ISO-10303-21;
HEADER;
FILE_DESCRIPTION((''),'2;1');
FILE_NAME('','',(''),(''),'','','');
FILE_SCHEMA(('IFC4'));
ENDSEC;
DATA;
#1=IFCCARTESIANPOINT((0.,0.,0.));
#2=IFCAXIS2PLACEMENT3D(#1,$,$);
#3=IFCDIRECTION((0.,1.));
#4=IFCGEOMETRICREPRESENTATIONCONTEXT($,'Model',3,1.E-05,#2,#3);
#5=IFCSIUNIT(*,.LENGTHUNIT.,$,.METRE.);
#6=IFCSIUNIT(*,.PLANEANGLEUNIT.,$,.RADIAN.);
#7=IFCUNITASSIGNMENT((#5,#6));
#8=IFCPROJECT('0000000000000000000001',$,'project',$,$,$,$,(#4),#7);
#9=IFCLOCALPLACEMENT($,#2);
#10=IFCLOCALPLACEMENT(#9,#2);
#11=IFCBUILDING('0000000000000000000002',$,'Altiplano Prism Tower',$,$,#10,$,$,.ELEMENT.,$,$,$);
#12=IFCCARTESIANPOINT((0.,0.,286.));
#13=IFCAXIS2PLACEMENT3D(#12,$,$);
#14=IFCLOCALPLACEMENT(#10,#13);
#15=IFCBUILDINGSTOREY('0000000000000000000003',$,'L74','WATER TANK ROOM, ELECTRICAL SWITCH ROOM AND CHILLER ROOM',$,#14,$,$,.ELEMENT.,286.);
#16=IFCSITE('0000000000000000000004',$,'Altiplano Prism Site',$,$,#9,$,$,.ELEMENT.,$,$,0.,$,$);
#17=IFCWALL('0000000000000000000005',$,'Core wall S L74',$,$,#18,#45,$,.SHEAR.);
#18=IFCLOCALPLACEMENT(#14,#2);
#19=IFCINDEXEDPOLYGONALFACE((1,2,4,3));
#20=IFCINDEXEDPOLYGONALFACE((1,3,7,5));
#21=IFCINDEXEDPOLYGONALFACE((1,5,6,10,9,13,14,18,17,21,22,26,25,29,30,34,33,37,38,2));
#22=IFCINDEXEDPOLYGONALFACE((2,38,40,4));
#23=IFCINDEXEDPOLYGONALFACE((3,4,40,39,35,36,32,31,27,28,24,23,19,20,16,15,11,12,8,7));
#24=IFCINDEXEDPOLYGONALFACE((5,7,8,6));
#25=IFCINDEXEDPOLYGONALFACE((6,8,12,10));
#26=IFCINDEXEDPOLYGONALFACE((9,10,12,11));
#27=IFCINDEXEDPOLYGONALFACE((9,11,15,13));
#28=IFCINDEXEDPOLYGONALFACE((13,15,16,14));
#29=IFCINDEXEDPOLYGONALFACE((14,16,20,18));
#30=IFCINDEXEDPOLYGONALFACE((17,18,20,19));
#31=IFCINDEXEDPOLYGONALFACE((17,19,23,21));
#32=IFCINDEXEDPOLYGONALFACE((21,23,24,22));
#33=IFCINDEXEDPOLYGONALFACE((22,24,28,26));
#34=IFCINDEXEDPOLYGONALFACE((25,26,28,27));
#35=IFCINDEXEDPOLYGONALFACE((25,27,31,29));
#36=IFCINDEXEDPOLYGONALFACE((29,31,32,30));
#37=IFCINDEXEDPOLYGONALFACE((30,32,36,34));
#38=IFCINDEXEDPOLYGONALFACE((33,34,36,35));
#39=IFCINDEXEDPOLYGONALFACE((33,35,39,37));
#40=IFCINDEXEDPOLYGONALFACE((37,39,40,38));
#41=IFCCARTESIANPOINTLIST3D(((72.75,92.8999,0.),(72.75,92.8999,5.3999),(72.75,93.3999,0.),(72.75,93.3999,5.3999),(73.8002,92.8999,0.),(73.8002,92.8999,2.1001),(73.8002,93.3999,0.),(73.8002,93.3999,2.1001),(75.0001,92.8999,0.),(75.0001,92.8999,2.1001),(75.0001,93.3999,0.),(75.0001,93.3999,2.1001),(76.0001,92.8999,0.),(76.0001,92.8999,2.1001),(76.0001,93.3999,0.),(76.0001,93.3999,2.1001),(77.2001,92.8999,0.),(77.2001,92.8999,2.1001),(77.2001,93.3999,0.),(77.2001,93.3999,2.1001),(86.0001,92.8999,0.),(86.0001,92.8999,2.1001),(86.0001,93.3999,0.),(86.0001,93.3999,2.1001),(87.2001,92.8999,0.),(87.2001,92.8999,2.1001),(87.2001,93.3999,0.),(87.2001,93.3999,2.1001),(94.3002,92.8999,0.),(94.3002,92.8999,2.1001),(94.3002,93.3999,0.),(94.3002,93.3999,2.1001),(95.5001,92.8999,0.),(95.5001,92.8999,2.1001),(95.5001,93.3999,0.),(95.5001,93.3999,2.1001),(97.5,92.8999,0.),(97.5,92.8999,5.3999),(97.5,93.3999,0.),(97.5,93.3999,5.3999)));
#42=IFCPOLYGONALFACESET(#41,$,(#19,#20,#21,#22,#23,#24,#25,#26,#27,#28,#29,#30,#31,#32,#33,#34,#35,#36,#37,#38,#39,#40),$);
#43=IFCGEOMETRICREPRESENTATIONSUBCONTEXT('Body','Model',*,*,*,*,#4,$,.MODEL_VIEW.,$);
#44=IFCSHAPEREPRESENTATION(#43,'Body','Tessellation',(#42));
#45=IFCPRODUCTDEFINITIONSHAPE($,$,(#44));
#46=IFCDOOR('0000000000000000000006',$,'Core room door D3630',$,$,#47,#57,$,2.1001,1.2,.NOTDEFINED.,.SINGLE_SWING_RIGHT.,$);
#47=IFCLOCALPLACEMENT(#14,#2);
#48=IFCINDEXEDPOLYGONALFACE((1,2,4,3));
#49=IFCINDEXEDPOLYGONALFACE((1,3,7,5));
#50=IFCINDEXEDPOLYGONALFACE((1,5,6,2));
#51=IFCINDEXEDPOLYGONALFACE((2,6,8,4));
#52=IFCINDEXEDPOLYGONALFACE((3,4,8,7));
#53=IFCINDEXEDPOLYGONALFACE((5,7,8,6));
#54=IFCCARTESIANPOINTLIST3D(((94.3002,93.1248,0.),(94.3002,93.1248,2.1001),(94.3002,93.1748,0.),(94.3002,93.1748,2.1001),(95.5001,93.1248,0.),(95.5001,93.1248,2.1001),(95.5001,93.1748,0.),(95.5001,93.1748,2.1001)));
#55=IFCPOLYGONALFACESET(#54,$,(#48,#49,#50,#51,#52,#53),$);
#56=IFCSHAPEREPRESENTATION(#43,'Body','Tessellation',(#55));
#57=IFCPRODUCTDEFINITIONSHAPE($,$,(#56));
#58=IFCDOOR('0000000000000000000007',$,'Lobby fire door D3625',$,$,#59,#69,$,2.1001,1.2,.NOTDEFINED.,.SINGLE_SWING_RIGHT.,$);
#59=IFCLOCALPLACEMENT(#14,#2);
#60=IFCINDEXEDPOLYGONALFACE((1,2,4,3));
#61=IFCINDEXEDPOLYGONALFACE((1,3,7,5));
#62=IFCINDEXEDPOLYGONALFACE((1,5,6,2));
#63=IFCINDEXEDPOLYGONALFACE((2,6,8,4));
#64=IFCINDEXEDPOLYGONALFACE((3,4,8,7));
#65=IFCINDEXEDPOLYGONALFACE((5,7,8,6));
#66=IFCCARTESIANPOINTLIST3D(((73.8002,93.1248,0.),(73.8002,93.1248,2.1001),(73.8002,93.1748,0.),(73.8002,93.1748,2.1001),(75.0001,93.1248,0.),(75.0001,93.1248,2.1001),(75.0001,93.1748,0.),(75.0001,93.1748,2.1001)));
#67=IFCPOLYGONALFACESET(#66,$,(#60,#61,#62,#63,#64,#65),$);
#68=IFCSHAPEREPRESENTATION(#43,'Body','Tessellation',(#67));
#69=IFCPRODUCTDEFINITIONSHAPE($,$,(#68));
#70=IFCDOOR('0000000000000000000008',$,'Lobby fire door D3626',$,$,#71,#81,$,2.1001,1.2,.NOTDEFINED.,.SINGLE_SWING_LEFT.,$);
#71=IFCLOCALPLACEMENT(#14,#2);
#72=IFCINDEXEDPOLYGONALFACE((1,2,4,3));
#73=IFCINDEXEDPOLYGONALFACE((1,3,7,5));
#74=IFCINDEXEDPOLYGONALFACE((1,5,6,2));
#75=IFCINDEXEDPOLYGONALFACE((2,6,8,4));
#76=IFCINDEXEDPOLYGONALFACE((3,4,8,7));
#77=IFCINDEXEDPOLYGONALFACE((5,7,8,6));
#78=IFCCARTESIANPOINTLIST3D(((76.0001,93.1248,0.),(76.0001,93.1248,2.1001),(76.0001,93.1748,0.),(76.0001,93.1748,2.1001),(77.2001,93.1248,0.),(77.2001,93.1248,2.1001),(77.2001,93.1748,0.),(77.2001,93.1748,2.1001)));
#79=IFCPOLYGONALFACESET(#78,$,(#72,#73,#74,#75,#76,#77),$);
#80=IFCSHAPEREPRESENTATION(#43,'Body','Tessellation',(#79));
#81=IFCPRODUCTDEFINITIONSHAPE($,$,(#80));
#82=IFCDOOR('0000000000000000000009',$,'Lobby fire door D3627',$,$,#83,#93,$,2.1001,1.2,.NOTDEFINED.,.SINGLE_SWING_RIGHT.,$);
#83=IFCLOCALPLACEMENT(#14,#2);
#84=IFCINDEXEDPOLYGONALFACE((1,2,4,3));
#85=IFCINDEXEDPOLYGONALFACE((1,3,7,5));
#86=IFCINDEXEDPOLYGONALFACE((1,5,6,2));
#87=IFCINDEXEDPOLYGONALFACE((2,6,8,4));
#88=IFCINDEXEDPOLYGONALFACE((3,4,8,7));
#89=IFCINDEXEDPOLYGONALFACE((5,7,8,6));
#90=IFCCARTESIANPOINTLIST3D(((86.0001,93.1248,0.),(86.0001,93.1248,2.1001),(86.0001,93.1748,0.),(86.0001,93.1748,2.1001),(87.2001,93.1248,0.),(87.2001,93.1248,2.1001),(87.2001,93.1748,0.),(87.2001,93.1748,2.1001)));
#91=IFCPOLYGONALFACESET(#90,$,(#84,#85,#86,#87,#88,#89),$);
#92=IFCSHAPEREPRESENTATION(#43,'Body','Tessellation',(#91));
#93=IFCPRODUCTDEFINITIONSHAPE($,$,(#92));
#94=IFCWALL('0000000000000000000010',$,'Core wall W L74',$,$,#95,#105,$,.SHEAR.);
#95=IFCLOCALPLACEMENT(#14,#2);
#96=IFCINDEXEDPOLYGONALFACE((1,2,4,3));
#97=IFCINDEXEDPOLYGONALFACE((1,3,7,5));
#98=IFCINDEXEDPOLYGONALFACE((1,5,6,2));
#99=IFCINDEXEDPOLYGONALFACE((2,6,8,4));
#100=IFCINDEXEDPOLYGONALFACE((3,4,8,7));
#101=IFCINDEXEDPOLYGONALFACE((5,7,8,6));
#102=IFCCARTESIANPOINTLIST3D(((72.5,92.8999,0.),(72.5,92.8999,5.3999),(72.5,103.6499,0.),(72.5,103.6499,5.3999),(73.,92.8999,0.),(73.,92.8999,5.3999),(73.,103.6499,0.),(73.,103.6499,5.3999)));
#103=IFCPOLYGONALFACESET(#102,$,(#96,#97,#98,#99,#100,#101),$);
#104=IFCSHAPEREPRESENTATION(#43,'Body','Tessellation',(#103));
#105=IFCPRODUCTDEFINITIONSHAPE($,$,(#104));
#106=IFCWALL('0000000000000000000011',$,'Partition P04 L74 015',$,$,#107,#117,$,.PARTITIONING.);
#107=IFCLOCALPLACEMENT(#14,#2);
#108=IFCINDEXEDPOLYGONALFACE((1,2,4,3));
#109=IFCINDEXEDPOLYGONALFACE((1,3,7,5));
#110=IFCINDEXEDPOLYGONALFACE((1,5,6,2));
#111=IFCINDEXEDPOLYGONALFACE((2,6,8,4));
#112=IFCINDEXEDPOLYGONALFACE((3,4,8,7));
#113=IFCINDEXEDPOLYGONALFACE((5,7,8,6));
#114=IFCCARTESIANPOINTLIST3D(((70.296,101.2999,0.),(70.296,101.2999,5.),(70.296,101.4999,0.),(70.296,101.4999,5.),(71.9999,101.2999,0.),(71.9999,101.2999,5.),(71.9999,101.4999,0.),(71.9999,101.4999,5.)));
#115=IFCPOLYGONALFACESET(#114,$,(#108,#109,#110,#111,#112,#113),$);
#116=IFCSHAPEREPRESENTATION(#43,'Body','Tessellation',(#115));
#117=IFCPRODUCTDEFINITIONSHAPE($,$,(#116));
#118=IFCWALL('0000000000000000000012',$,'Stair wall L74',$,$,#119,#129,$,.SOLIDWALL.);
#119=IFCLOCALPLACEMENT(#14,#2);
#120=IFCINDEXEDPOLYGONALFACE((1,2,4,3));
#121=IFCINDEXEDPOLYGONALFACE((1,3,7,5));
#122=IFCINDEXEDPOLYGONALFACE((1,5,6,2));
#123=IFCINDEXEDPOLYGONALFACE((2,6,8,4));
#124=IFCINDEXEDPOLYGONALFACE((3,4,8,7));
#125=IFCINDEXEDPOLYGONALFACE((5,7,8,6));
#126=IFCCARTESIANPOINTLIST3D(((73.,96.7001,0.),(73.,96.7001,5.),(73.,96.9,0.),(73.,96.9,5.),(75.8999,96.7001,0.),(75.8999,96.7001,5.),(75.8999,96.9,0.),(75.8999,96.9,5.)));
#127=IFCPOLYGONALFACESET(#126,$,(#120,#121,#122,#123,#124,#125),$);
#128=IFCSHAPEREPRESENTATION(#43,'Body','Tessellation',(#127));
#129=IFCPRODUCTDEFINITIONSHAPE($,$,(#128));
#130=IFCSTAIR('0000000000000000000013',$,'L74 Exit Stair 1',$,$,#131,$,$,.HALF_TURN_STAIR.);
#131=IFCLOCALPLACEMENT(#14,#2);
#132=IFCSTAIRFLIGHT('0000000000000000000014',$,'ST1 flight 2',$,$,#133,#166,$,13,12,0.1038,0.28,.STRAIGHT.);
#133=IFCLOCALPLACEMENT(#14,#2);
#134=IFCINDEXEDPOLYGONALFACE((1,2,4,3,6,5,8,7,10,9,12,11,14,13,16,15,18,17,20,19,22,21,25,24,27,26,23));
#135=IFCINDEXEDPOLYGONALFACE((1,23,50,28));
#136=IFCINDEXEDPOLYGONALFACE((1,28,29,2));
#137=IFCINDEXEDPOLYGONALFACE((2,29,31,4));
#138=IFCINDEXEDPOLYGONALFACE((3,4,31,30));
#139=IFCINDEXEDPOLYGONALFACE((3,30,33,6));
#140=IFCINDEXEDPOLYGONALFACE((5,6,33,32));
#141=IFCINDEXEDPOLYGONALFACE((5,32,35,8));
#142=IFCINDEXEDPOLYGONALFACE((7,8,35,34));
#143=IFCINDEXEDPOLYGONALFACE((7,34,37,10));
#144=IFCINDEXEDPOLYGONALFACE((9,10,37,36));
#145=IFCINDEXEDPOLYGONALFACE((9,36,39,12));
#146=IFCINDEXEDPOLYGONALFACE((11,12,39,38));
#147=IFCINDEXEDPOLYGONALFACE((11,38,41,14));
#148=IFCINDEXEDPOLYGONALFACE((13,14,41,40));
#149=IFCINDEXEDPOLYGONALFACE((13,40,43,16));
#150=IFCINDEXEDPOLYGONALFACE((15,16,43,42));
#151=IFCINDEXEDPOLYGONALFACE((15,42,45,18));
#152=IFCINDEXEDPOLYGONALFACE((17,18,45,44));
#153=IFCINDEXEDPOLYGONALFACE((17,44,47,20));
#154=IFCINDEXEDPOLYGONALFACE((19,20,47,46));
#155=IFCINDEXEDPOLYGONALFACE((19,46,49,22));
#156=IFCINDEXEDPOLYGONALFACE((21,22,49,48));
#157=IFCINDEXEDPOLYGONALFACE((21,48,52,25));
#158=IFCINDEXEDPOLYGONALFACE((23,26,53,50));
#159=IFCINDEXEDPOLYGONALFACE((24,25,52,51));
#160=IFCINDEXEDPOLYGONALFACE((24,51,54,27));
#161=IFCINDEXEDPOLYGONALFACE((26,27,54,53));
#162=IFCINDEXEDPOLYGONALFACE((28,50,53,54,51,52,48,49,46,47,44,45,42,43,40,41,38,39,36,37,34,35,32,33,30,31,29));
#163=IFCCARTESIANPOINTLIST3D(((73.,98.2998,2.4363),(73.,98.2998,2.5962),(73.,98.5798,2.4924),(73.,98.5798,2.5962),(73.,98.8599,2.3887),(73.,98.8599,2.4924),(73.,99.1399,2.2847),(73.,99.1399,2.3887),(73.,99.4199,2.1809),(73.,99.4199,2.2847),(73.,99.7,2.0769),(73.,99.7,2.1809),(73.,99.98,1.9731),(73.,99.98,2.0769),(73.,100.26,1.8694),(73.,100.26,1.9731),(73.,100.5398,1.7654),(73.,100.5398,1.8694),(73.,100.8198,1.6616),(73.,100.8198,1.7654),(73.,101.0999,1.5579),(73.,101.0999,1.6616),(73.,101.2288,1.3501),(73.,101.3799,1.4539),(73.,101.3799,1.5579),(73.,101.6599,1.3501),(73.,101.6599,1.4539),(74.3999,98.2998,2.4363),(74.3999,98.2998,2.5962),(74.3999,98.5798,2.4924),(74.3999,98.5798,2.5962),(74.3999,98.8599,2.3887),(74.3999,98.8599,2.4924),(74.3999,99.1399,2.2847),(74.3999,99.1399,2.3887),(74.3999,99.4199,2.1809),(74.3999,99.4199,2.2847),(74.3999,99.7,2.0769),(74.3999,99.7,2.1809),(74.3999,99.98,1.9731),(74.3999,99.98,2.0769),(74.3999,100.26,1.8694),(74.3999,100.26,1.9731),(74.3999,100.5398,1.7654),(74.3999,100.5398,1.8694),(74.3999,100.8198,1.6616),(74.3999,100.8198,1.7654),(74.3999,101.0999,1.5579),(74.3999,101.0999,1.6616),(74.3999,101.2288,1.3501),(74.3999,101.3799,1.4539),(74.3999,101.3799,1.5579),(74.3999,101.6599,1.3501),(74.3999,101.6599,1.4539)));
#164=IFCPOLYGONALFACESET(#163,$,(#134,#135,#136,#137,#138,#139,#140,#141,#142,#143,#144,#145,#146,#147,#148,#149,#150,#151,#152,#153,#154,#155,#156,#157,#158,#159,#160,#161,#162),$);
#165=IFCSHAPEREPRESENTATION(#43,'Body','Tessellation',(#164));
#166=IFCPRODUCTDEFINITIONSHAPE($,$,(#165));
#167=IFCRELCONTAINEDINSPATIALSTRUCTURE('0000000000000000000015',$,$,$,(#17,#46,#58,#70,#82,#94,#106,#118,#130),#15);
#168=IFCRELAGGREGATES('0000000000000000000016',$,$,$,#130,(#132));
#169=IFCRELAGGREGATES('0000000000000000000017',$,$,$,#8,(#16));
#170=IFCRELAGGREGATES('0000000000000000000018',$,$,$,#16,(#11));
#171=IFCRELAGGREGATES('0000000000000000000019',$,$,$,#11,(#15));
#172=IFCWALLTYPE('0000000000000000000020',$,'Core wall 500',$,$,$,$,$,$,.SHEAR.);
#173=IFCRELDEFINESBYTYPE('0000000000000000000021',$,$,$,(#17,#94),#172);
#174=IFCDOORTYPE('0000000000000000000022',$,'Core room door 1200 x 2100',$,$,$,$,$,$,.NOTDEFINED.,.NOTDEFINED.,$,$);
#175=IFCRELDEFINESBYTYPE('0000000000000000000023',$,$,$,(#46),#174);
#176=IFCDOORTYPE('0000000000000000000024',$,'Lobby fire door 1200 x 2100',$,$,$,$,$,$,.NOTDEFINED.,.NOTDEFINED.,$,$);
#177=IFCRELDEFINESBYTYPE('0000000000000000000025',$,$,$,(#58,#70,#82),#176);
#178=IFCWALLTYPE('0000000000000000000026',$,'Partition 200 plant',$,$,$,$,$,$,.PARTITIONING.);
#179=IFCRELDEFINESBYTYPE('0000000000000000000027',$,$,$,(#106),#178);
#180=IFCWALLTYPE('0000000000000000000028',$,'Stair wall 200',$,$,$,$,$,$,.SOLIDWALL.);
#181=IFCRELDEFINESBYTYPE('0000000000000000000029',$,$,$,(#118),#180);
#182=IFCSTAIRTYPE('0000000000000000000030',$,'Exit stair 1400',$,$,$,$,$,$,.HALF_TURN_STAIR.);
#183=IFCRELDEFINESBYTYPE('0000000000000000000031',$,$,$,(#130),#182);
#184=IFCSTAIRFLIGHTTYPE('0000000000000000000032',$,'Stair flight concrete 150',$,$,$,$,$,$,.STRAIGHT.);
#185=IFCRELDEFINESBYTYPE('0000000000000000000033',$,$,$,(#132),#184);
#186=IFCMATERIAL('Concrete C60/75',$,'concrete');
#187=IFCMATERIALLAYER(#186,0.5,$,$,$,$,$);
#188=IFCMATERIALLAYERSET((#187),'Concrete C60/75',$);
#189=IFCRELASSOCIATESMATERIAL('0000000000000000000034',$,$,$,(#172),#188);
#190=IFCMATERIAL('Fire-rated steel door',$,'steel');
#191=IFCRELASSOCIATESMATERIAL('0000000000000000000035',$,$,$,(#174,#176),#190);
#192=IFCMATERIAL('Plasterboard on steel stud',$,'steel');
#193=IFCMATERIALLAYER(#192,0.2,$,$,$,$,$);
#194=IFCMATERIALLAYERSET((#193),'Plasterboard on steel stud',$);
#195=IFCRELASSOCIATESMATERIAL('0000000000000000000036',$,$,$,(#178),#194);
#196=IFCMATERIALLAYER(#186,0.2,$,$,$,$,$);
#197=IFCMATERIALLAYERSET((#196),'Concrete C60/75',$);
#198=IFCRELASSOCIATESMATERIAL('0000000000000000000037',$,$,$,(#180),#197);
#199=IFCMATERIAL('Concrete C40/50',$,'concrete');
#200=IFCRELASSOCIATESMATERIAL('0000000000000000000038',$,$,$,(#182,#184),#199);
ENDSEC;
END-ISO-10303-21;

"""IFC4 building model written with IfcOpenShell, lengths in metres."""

from ifc_helpers import new_model, si_unit, direction, frame, frame_2d, origin, place, context, subcontext, project, spatial, polyline, rectangle, outline, extrude, material, layer, layer_set, type_object, element, fill, aggregate, save


model = new_model("IFC4")

# Units and contexts
model_context = context("Model", 3, precision=1e-05, world=origin(), true_north=direction((0.0, 1.0)))
body_context = subcontext(model_context, "Body", "Model", "MODEL_VIEW")
ifc_project = project(units=[si_unit("LENGTHUNIT", "METRE"), si_unit("PLANEANGLEUNIT", "RADIAN")], contexts=[model_context])

# Site, building, storey
site_placement = place(None, origin())
site = spatial("IfcSite", under=ifc_project, at=site_placement, Name="Altiplano Prism Site", CompositionType="ELEMENT", RefElevation=0.0)
building_placement = place(site_placement, origin())
building = spatial("IfcBuilding", under=site, at=building_placement, Name="Altiplano Prism Tower", CompositionType="ELEMENT")
storey_placement = place(building_placement, frame((0.0, 0.0, 286.0)))
storey = spatial("IfcBuildingStorey", under=building, at=storey_placement, Name="L74", Description="WATER TANK ROOM, ELECTRICAL SWITCH ROOM AND CHILLER ROOM", CompositionType="ELEMENT", Elevation=286.0)

# Shared definitions
ifc_material_1 = material(Name="Concrete C60/75", Category="concrete")

# Wall, openings, doors
ifc_layer_1 = layer(ifc_material_1, 0.5)
ifc_layer_set_1 = layer_set([ifc_layer_1], Name="Concrete C60/75")
wall_type_1 = type_object("IfcWallType", Name="Core wall 500", PredefinedType="SHEAR", material=ifc_layer_set_1)
wall_1_placement = place(storey_placement, frame((72.75, 93.1499, 0.0), z_axis=(0.0, 0.0, 1.0), x_axis=(1.0, 0.0, 0.0)))
wall_1 = element("IfcWall", 1, at=wall_1_placement, inside=storey, type_object=wall_type_1, Name="Core wall S L74", PredefinedType="SHEAR", context=body_context, shape_type="SweptSolid", body=[
    extrude(rectangle(XDim=24.75, YDim=0.5, at=frame_2d((12.375, 0.0))), origin(), (0.0, 0.0, 1.0), 5.3999),
])
opening_1_placement = place(wall_1_placement, frame((1.05, 0.0, 0.0)))
opening_1 = element("IfcOpeningElement", 2, at=opening_1_placement, cuts=wall_1, PredefinedType="OPENING", context=body_context, shape_type="SweptSolid", body=[
    extrude(rectangle(XDim=1.2, YDim=2.1001, at=frame_2d((0.6001, 1.05))), frame((0.0, 0.2605, 0.0), z_axis=(0.0, -1.0, 0.0), x_axis=(1.0, 0.0, 0.0)), (0.0, 0.0, 1.0), 0.521),
])
opening_2_placement = place(wall_1_placement, frame((3.25, 0.0, 0.0)))
opening_2 = element("IfcOpeningElement", 3, at=opening_2_placement, cuts=wall_1, PredefinedType="OPENING", context=body_context, shape_type="SweptSolid", body=[
    extrude(rectangle(XDim=1.2, YDim=2.1001, at=frame_2d((0.6001, 1.05))), frame((0.0, 0.2605, 0.0), z_axis=(0.0, -1.0, 0.0), x_axis=(1.0, 0.0, 0.0)), (0.0, 0.0, 1.0), 0.521),
])
opening_3_placement = place(wall_1_placement, frame((13.25, 0.0, 0.0)))
opening_3 = element("IfcOpeningElement", 4, at=opening_3_placement, cuts=wall_1, PredefinedType="OPENING", context=body_context, shape_type="SweptSolid", body=[
    extrude(rectangle(XDim=1.2, YDim=2.1001, at=frame_2d((0.6001, 1.05))), frame((0.0, 0.2605, 0.0), z_axis=(0.0, -1.0, 0.0), x_axis=(1.0, 0.0, 0.0)), (0.0, 0.0, 1.0), 0.521),
])
opening_4_placement = place(wall_1_placement, frame((21.55, 0.0, 0.0)))
opening_4 = element("IfcOpeningElement", 5, at=opening_4_placement, cuts=wall_1, PredefinedType="OPENING", context=body_context, shape_type="SweptSolid", body=[
    extrude(rectangle(XDim=1.2, YDim=2.1001, at=frame_2d((0.6001, 1.05))), frame((0.0, 0.2605, 0.0), z_axis=(0.0, -1.0, 0.0), x_axis=(1.0, 0.0, 0.0)), (0.0, 0.0, 1.0), 0.521),
])
ifc_material_2 = material(Name="Fire-rated steel door", Category="steel")
door_type_1 = type_object("IfcDoorType", Name="Core room door 1200 x 2100", OperationType="NOTDEFINED", PredefinedType="NOTDEFINED", material=ifc_material_2)
door_1_placement = place(opening_4_placement, origin())
door_1 = element("IfcDoor", 6, at=door_1_placement, inside=storey, type_object=door_type_1, Name="Core room door D3630", OperationType="SINGLE_SWING_RIGHT", OverallHeight=2.1001, OverallWidth=1.2, PredefinedType="NOTDEFINED", context=body_context, shape_type="SweptSolid", body=[
    extrude(rectangle(XDim=1.2, YDim=2.1001, at=frame_2d((0.6001, 1.05))), frame((0.0, 0.0249, 0.0), z_axis=(0.0, -1.0, 0.0), x_axis=(1.0, 0.0, 0.0)), (0.0, 0.0, 1.0), 0.05),
])
fill(opening_4, door_1)
door_type_2 = type_object("IfcDoorType", Name="Lobby fire door 1200 x 2100", OperationType="NOTDEFINED", PredefinedType="NOTDEFINED", material=ifc_material_2)
door_2_placement = place(opening_1_placement, origin())
door_2 = element("IfcDoor", 7, at=door_2_placement, inside=storey, type_object=door_type_2, Name="Lobby fire door D3625", OperationType="SINGLE_SWING_RIGHT", OverallHeight=2.1001, OverallWidth=1.2, PredefinedType="NOTDEFINED", context=body_context, shape_type="SweptSolid", body=[
    extrude(rectangle(XDim=1.2, YDim=2.1001, at=frame_2d((0.6001, 1.05))), frame((0.0, 0.0249, 0.0), z_axis=(0.0, -1.0, 0.0), x_axis=(1.0, 0.0, 0.0)), (0.0, 0.0, 1.0), 0.05),
])
fill(opening_1, door_2)
door_3_placement = place(opening_2_placement, origin())
door_3 = element("IfcDoor", 8, at=door_3_placement, inside=storey, type_object=door_type_2, Name="Lobby fire door D3626", OperationType="SINGLE_SWING_LEFT", OverallHeight=2.1001, OverallWidth=1.2, PredefinedType="NOTDEFINED", context=body_context, shape_type="SweptSolid", body=[
    extrude(rectangle(XDim=1.2, YDim=2.1001, at=frame_2d((0.6001, 1.05))), frame((0.0, 0.0249, 0.0), z_axis=(0.0, -1.0, 0.0), x_axis=(1.0, 0.0, 0.0)), (0.0, 0.0, 1.0), 0.05),
])
fill(opening_2, door_3)
door_4_placement = place(opening_3_placement, origin())
door_4 = element("IfcDoor", 9, at=door_4_placement, inside=storey, type_object=door_type_2, Name="Lobby fire door D3627", OperationType="SINGLE_SWING_RIGHT", OverallHeight=2.1001, OverallWidth=1.2, PredefinedType="NOTDEFINED", context=body_context, shape_type="SweptSolid", body=[
    extrude(rectangle(XDim=1.2, YDim=2.1001, at=frame_2d((0.6001, 1.05))), frame((0.0, 0.0249, 0.0), z_axis=(0.0, -1.0, 0.0), x_axis=(1.0, 0.0, 0.0)), (0.0, 0.0, 1.0), 0.05),
])
fill(opening_3, door_4)

# Walls
wall_2_placement = place(storey_placement, frame((72.75, 103.6499, 0.0), z_axis=(0.0, 0.0, 1.0), x_axis=(0.0, -1.0, 0.0)))
element("IfcWall", 10, at=wall_2_placement, inside=storey, type_object=wall_type_1, Name="Core wall W L74", PredefinedType="SHEAR", context=body_context, shape_type="SweptSolid", body=[
    extrude(rectangle(XDim=10.75, YDim=0.5, at=frame_2d((5.375, 0.0))), origin(), (0.0, 0.0, 1.0), 5.3999),
])
ifc_material_3 = material(Name="Plasterboard on steel stud", Category="steel")
ifc_layer_2 = layer(ifc_material_3, 0.2)
ifc_layer_set_2 = layer_set([ifc_layer_2], Name="Plasterboard on steel stud")
wall_type_2 = type_object("IfcWallType", Name="Partition 200 plant", PredefinedType="PARTITIONING", material=ifc_layer_set_2)
wall_3_placement = place(storey_placement, frame((72.0, 101.3999, 0.0), z_axis=(0.0, 0.0, 1.0), x_axis=(-1.0, 0.0, 0.0)))
element("IfcWall", 11, at=wall_3_placement, inside=storey, type_object=wall_type_2, Name="Partition P04 L74 015", PredefinedType="PARTITIONING", context=body_context, shape_type="SweptSolid", body=[
    extrude(rectangle(XDim=1.7039, YDim=0.2, at=frame_2d((0.8521, 0.0))), origin(), (0.0, 0.0, 1.0), 5.0),
])
ifc_layer_3 = layer(ifc_material_1, 0.2)
ifc_layer_set_3 = layer_set([ifc_layer_3], Name="Concrete C60/75")
wall_type_3 = type_object("IfcWallType", Name="Stair wall 200", PredefinedType="SOLIDWALL", material=ifc_layer_set_3)
wall_4_placement = place(storey_placement, frame((73.0, 96.8, 0.0), z_axis=(0.0, 0.0, 1.0), x_axis=(1.0, 0.0, 0.0)))
element("IfcWall", 12, at=wall_4_placement, inside=storey, type_object=wall_type_3, Name="Stair wall L74", PredefinedType="SOLIDWALL", context=body_context, shape_type="SweptSolid", body=[
    extrude(rectangle(XDim=2.8999, YDim=0.2, at=frame_2d((1.45, 0.0))), origin(), (0.0, 0.0, 1.0), 5.0),
])

# Stair, stair flight
ifc_material_4 = material(Name="Concrete C40/50", Category="concrete")
stair_type = type_object("IfcStairType", Name="Exit stair 1400", PredefinedType="HALF_TURN_STAIR", material=ifc_material_4)
stair_placement = place(storey_placement, origin())
stair = element("IfcStair", 13, at=stair_placement, inside=storey, type_object=stair_type, Name="L74 Exit Stair 1", PredefinedType="HALF_TURN_STAIR")
stair_flight_type = type_object("IfcStairFlightType", Name="Stair flight concrete 150", PredefinedType="STRAIGHT", material=ifc_material_4)
stair_flight_1_placement = place(storey_placement, frame((73.7, 101.6599, 1.3501), z_axis=(0.0, 0.0, 1.0), x_axis=(0.0, -1.0, 0.0)))
stair_flight_1 = element("IfcStairFlight", 14, at=stair_flight_1_placement, type_object=stair_flight_type, Name="ST1 flight 2", NumberOfRisers=13, NumberOfTreads=12, PredefinedType="STRAIGHT", RiserHeight=0.1038, TreadLength=0.28, context=body_context, shape_type="SweptSolid", body=[
    extrude(outline(polyline([(0.0, 0.0), (0.0, 0.1038), (0.28, 0.1038), (0.28, 0.2078), (0.5601, 0.2078), (0.5601, 0.3115), (0.8401, 0.3115), (0.8401, 0.4153), (1.1201, 0.4153), (1.1201, 0.5193), (1.3999, 0.5193), (1.3999, 0.623), (1.6799, 0.623), (1.6799, 0.7268), (1.96, 0.7268), (1.96, 0.8308), (2.24, 0.8308), (2.24, 0.9346), (2.52, 0.9346), (2.52, 1.0386), (2.8, 1.0386), (2.8, 1.1423), (3.0801, 1.1423), (3.0801, 1.2461), (3.3601, 1.2461), (3.3601, 1.3501), (3.3601, 1.0862), (0.4312, 0.0), (0.0, 0.0)])), frame((0.0, 0.7, 0.0), z_axis=(0.0, -1.0, 0.0), x_axis=(1.0, 0.0, 0.0)), (0.0, 0.0, 1.0), 1.3999),
])
aggregate(stair, [stair_flight_1])

save(model, "model.ifc")
